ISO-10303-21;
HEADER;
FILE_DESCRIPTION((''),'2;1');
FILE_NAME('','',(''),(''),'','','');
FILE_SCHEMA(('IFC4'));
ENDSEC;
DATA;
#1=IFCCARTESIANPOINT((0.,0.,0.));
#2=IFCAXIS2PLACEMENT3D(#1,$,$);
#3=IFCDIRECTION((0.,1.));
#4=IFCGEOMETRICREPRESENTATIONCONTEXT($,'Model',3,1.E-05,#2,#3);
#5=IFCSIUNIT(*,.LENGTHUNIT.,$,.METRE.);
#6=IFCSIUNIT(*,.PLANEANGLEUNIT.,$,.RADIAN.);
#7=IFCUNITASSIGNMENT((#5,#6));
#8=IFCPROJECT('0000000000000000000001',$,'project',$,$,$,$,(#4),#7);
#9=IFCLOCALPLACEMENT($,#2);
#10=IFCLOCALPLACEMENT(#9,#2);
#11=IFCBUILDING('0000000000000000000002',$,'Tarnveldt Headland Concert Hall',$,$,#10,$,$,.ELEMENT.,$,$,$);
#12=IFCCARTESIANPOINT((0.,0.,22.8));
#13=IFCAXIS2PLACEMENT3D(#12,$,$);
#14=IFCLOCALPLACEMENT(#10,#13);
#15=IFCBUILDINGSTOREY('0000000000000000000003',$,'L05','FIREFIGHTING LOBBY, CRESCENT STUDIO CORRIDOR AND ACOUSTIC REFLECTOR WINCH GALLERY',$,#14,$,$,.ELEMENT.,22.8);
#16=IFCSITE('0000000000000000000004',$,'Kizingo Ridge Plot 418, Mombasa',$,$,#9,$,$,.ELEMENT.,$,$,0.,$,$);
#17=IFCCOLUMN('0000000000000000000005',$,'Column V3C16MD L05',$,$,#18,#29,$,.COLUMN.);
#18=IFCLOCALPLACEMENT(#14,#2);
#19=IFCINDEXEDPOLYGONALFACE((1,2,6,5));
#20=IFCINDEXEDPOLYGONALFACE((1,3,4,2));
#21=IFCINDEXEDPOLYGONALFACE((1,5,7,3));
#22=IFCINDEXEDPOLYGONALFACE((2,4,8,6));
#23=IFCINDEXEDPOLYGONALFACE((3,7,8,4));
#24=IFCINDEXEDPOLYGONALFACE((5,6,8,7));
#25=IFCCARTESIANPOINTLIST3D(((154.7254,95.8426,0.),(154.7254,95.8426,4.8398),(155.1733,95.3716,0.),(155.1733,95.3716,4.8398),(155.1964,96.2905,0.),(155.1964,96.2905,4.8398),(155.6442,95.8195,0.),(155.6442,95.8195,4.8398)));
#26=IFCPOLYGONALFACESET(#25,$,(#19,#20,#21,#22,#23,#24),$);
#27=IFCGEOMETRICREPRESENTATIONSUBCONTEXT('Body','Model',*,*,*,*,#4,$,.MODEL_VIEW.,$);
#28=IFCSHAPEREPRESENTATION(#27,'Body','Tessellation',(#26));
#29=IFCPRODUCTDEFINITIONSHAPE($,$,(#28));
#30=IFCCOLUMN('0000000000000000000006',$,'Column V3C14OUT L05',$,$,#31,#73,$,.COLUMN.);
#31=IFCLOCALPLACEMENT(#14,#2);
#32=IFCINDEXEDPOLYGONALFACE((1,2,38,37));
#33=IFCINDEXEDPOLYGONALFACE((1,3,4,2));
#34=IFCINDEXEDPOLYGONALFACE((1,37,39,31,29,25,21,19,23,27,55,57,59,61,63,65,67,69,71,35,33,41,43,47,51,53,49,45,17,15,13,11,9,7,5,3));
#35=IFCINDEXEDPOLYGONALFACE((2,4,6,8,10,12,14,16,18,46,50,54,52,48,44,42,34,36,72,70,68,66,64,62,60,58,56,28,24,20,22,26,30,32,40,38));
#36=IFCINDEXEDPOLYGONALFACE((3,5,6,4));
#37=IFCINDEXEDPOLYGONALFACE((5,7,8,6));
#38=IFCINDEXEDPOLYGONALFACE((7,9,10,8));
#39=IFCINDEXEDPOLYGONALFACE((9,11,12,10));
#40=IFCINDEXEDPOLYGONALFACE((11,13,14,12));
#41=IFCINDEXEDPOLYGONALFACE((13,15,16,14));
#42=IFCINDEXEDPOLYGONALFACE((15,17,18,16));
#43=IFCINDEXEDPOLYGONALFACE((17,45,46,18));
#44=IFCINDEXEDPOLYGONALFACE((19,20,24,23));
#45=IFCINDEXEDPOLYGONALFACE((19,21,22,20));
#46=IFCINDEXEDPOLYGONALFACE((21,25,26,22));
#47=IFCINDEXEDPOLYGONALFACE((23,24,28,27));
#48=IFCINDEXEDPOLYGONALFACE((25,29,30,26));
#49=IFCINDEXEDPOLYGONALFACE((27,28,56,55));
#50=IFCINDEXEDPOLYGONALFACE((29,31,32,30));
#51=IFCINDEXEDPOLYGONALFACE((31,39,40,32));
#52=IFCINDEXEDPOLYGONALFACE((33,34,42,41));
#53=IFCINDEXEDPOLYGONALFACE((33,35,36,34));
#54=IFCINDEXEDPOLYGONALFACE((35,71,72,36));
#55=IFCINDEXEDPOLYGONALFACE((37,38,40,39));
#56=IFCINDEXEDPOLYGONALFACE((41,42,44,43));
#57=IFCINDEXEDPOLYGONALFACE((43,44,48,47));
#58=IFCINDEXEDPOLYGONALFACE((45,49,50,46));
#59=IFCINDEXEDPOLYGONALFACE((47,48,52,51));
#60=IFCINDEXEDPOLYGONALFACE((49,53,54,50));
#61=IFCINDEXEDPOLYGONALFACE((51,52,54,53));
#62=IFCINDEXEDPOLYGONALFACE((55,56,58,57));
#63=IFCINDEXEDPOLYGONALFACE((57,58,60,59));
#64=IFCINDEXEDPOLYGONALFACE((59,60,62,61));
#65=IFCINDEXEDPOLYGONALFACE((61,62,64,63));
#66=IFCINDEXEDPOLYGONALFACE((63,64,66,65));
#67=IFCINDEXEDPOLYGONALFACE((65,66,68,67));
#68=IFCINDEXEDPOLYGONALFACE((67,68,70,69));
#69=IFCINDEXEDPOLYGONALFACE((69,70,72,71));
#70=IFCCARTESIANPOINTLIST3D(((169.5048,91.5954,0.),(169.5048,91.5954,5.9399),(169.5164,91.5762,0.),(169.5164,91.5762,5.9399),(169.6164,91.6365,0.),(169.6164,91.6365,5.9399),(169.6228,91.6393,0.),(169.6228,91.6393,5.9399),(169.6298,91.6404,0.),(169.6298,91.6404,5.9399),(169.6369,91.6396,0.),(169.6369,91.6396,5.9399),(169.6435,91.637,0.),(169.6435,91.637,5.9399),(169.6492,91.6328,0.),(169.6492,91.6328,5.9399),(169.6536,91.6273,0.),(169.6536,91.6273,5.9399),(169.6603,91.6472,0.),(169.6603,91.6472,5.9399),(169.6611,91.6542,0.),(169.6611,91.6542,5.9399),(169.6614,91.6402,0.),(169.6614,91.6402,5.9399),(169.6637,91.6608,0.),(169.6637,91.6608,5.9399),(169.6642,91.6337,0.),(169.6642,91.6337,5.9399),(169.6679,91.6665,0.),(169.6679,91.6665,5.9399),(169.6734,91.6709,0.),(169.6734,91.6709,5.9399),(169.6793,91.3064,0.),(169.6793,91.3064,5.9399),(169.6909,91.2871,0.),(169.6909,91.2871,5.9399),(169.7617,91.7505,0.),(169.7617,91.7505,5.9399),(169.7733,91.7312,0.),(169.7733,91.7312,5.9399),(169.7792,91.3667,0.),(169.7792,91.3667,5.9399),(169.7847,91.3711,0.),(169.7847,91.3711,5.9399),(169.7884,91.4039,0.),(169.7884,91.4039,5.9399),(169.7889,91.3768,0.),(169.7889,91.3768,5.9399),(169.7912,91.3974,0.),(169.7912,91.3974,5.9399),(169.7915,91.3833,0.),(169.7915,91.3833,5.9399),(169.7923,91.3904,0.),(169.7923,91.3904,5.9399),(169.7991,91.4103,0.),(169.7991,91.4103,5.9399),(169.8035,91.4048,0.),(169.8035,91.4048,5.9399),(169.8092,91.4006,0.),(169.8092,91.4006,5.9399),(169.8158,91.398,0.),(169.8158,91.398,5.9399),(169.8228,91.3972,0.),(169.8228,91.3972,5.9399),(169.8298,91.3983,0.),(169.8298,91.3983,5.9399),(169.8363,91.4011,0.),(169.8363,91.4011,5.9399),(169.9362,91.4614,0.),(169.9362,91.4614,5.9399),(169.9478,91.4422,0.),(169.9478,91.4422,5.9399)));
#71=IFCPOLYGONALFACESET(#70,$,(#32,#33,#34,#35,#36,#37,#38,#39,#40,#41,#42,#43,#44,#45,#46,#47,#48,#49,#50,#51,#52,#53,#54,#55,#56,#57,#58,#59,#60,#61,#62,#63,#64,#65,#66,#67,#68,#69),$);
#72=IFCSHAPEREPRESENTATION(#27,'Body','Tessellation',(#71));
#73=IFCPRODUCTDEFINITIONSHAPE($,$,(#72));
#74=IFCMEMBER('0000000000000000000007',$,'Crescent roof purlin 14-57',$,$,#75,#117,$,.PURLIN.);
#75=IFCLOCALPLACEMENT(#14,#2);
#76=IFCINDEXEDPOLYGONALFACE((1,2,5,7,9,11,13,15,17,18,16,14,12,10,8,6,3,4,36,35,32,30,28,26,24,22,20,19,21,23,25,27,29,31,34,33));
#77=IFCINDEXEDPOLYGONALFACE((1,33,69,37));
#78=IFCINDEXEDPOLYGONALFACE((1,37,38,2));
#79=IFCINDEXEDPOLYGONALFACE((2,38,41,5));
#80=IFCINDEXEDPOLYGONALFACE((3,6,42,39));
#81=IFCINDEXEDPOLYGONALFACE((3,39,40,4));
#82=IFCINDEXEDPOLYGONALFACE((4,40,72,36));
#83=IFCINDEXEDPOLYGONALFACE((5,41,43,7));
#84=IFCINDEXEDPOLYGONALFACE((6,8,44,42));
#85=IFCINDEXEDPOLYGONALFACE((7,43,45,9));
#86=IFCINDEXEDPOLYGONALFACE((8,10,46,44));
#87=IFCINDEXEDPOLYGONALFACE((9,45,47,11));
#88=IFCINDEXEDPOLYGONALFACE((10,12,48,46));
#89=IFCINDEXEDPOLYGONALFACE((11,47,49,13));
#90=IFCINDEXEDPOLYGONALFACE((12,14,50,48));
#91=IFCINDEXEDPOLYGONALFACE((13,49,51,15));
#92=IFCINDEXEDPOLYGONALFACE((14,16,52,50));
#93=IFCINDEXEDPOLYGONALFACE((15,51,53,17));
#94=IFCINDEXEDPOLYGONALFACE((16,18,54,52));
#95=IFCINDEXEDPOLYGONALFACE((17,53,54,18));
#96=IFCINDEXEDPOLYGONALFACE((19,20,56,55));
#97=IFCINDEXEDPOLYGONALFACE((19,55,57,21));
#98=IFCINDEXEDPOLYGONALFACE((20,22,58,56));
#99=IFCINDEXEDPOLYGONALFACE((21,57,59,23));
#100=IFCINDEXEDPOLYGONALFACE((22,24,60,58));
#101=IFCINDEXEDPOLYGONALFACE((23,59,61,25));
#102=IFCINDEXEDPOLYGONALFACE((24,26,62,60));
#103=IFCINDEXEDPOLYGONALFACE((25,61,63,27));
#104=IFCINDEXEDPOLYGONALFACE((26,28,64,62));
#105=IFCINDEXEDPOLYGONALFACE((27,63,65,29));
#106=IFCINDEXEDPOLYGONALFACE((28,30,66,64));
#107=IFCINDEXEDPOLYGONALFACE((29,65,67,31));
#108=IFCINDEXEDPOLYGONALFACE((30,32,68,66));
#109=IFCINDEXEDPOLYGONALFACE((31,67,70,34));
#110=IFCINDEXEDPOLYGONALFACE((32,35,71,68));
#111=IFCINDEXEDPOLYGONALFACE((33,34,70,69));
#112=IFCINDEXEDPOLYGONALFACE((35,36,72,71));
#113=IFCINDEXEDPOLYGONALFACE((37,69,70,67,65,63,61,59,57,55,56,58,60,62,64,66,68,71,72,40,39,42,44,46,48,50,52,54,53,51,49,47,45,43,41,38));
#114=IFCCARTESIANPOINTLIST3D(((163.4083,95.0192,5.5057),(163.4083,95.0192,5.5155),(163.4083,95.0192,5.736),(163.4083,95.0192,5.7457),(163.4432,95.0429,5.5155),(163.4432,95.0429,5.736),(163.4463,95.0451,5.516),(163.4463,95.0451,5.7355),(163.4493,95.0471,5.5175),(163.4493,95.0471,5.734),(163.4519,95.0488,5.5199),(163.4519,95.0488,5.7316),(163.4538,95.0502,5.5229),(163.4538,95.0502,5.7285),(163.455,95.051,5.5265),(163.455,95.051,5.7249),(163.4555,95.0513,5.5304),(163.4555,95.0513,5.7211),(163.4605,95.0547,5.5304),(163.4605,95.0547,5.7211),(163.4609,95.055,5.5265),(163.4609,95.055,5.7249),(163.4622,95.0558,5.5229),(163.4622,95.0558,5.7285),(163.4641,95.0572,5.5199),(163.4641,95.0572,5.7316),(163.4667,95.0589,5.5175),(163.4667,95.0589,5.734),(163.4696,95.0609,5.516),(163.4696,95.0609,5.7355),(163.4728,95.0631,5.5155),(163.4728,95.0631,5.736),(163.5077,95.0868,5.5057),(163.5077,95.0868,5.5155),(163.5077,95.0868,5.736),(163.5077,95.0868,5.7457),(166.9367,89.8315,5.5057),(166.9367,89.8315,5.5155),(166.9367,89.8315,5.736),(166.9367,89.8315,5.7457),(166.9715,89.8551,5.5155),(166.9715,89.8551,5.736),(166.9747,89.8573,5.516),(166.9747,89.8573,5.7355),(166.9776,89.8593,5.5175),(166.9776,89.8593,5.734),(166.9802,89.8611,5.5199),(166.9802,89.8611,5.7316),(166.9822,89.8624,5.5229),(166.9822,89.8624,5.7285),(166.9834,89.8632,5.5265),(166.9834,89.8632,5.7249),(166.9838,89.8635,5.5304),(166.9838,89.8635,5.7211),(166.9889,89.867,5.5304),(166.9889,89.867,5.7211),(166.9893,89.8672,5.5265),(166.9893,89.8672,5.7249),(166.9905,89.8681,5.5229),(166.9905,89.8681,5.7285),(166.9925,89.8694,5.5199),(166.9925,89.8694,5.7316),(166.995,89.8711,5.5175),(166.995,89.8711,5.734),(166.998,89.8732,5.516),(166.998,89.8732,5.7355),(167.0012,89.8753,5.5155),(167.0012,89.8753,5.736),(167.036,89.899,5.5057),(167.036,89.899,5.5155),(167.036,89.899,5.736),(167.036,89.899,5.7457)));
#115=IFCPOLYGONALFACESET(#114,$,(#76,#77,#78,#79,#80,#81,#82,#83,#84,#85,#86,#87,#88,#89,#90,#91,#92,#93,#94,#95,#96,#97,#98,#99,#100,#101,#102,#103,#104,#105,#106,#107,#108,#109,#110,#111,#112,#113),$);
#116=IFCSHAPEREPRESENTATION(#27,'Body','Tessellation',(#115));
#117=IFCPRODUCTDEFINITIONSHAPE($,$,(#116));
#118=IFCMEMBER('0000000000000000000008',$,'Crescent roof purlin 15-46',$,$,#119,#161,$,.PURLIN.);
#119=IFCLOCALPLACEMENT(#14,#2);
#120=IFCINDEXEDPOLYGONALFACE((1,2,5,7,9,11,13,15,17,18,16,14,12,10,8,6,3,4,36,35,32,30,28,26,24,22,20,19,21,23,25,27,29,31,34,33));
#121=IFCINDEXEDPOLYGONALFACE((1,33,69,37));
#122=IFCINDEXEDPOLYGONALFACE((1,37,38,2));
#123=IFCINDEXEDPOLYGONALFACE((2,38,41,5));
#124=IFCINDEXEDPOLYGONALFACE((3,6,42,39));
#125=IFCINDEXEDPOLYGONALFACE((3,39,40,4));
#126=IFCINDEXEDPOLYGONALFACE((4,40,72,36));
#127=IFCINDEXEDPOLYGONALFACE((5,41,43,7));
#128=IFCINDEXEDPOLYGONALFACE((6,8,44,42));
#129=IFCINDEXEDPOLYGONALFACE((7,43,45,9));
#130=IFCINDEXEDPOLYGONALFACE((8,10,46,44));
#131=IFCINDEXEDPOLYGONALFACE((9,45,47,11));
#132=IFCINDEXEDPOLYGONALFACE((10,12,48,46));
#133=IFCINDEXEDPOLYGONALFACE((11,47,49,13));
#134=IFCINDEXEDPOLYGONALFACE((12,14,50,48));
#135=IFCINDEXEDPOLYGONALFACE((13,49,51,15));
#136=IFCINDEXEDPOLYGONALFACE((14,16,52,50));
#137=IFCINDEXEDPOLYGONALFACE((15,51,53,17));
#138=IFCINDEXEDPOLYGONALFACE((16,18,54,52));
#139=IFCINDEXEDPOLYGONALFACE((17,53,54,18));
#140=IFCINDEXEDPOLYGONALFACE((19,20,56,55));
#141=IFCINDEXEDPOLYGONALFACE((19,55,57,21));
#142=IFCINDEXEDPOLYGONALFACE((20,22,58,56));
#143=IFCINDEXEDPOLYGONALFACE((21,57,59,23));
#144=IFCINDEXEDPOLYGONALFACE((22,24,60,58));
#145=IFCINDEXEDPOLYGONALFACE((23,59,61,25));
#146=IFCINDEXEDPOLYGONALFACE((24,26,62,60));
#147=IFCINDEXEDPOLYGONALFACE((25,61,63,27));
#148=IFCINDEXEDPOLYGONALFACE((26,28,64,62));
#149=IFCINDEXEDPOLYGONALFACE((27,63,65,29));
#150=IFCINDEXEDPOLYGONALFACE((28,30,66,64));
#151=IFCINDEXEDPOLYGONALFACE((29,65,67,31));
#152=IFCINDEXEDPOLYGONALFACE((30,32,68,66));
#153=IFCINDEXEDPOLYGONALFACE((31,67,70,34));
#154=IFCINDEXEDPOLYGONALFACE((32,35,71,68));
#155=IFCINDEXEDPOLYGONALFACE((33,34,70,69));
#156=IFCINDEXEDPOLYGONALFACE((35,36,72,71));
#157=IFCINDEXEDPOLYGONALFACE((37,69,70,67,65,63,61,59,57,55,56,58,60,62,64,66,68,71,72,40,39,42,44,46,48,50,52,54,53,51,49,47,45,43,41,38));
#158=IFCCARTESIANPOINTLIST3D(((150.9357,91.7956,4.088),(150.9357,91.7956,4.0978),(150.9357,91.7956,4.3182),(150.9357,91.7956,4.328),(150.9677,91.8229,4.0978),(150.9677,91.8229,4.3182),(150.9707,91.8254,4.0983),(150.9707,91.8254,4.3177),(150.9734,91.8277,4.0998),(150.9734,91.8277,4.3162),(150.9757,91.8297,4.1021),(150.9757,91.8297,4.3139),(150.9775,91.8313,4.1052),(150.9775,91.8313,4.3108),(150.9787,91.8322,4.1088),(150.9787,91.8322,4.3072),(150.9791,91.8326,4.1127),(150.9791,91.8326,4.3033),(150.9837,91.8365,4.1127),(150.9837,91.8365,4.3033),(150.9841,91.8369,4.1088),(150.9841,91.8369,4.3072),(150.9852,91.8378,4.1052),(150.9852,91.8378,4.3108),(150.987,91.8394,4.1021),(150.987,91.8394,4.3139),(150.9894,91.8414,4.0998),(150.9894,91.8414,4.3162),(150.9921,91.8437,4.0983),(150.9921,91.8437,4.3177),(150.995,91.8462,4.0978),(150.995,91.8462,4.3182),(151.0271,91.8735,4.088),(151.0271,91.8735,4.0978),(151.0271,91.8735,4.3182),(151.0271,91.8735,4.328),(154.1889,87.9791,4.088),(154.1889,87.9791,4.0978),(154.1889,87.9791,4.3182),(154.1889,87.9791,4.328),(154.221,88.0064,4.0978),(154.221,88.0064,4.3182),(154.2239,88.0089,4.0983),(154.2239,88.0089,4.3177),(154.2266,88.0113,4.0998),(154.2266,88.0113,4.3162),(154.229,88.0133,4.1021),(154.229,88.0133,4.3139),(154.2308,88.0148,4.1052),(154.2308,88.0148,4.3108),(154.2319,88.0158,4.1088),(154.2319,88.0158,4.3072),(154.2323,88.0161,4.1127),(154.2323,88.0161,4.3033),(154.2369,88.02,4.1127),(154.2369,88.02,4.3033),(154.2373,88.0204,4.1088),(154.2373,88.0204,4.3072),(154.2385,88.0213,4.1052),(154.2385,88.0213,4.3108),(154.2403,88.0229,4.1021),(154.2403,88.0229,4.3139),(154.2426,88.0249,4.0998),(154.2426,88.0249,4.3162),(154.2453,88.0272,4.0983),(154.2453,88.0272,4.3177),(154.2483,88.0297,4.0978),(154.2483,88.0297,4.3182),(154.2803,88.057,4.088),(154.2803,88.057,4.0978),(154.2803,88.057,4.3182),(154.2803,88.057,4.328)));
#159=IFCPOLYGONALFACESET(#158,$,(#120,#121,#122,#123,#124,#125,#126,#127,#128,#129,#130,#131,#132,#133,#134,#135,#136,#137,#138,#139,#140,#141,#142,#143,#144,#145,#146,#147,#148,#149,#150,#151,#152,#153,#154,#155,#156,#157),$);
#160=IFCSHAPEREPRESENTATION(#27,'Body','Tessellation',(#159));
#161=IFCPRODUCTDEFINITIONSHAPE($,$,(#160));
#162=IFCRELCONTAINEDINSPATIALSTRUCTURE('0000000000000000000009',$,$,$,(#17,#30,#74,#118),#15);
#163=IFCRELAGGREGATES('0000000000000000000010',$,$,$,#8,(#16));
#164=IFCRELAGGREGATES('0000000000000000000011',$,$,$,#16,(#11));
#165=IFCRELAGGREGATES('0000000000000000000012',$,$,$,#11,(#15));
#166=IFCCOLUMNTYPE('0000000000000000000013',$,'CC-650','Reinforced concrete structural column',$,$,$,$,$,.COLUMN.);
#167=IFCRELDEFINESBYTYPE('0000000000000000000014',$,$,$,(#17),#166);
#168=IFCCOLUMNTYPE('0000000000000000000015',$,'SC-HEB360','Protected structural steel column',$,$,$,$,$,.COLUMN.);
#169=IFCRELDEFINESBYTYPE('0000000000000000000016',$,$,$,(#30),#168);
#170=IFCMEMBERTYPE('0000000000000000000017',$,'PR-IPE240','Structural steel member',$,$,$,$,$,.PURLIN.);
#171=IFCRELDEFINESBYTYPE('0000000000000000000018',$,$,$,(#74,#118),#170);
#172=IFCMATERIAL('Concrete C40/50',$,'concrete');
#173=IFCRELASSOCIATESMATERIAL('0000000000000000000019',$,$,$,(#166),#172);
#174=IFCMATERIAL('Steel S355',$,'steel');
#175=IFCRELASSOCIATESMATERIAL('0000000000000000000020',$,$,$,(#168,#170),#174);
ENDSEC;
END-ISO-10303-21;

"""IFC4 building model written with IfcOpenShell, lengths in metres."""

from ifc_helpers import new_model, si_unit, direction, frame, origin, origin_2d, place, context, subcontext, project, spatial, rectangle, i_section, extrude, material, material_profile, profile_set, type_object, element, save


model = new_model("IFC4")

# Units and contexts
model_context = context("Model", 3, precision=1e-05, world=origin(), true_north=direction((0.0, 1.0)))
body_context = subcontext(model_context, "Body", "Model", "MODEL_VIEW")
ifc_project = project(units=[si_unit("LENGTHUNIT", "METRE"), si_unit("PLANEANGLEUNIT", "RADIAN")], contexts=[model_context])

# Site, building, storey
site_placement = place(None, origin())
site = spatial("IfcSite", under=ifc_project, at=site_placement, Name="Kizingo Ridge Plot 418, Mombasa", CompositionType="ELEMENT", RefElevation=0.0)
building_placement = place(site_placement, origin())
building = spatial("IfcBuilding", under=site, at=building_placement, Name="Tarnveldt Headland Concert Hall", CompositionType="ELEMENT")
storey_placement = place(building_placement, frame((0.0, 0.0, 22.8)))
storey = spatial("IfcBuildingStorey", under=building, at=storey_placement, Name="L05", Description="FIREFIGHTING LOBBY, CRESCENT STUDIO CORRIDOR AND ACOUSTIC REFLECTOR WINCH GALLERY", CompositionType="ELEMENT", Elevation=22.8)

# Columns
ifc_material_1 = material(Name="Concrete C40/50", Category="concrete")
ifc_material_profile_1 = material_profile(ifc_material_1, rectangle(XDim=0.6499, YDim=0.6499, at=origin_2d()), Name="RC 650x650", Category="concrete")
ifc_profile_set_1 = profile_set([ifc_material_profile_1], Name="Concrete C40/50")
column_type_1 = type_object("IfcColumnType", Name="CC-650", Description="Reinforced concrete structural column", PredefinedType="COLUMN", material=ifc_profile_set_1)
column_1_placement = place(storey_placement, frame((155.1848, 95.8311, 0.0), z_axis=(0.0, 0.0, 1.0), x_axis=(0.724653, 0.689114, 0.0)))
element("IfcColumn", 1, at=column_1_placement, inside=storey, type_object=column_type_1, Name="Column V3C16MD L05", PredefinedType="COLUMN", context=body_context, shape_type="SweptSolid", body=[
    extrude(rectangle(XDim=0.6499, YDim=0.6499, at=origin_2d()), origin(), (0.0, 0.0, 1.0), 4.8398),
])
ifc_material_2 = material(Name="Steel S355", Category="steel")
ifc_material_profile_2 = material_profile(ifc_material_2, i_section(OverallWidth=0.3, OverallDepth=0.3601, WebThickness=0.0125, FlangeThickness=0.0225, FilletRadius=0.0271, at=origin_2d()), Name="HEB360", Category="steel")
ifc_profile_set_2 = profile_set([ifc_material_profile_2], Name="Steel S355")
column_type_2 = type_object("IfcColumnType", Name="SC-HEB360", Description="Protected structural steel column", PredefinedType="COLUMN", material=ifc_profile_set_2)
column_2_placement = place(storey_placement, frame((169.7263, 91.5188, 0.0), z_axis=(0.0, 0.0, 1.0), x_axis=(0.856177, 0.516683, 0.0)))
element("IfcColumn", 2, at=column_2_placement, inside=storey, type_object=column_type_2, Name="Column V3C14OUT L05", PredefinedType="COLUMN", context=body_context, shape_type="SweptSolid", body=[
    extrude(i_section(OverallWidth=0.3, OverallDepth=0.3601, WebThickness=0.0125, FlangeThickness=0.0225, FilletRadius=0.0271, at=origin_2d()), origin(), (0.0, 0.0, 1.0), 5.9399),
])

# Members
ifc_material_profile_3 = material_profile(ifc_material_2, i_section(OverallWidth=0.1201, OverallDepth=0.24, WebThickness=0.0061, FlangeThickness=0.0098, FilletRadius=0.0149, at=origin_2d()), Name="IPE240", Category="steel")
ifc_profile_set_3 = profile_set([ifc_material_profile_3], Name="Steel S355")
member_type = type_object("IfcMemberType", Name="PR-IPE240", Description="Structural steel member", PredefinedType="PURLIN", material=ifc_profile_set_3)
member_1_placement = place(storey_placement, frame((166.9863, 89.8652, 5.6257), z_axis=(-0.562381, 0.826878, 0.0), x_axis=(-0.826878, -0.562381, 0.0)))
element("IfcMember", 3, at=member_1_placement, inside=storey, type_object=member_type, Name="Crescent roof purlin 14-57", PredefinedType="PURLIN", context=body_context, shape_type="SweptSolid", body=[
    extrude(i_section(OverallWidth=0.1201, OverallDepth=0.24, WebThickness=0.0061, FlangeThickness=0.0098, FilletRadius=0.0149, at=origin_2d()), origin(), (0.0, 0.0, 1.0), 6.2739),
])
member_2_placement = place(storey_placement, frame((154.2346, 88.0181, 4.208), z_axis=(-0.648716, 0.76103, 0.0), x_axis=(-0.76103, -0.648716, 0.0)))
element("IfcMember", 4, at=member_2_placement, inside=storey, type_object=member_type, Name="Crescent roof purlin 15-46", PredefinedType="PURLIN", context=body_context, shape_type="SweptSolid", body=[
    extrude(i_section(OverallWidth=0.1201, OverallDepth=0.24, WebThickness=0.0061, FlangeThickness=0.0098, FilletRadius=0.0149, at=origin_2d()), origin(), (0.0, 0.0, 1.0), 5.0149),
])

save(model, "model.ifc")
